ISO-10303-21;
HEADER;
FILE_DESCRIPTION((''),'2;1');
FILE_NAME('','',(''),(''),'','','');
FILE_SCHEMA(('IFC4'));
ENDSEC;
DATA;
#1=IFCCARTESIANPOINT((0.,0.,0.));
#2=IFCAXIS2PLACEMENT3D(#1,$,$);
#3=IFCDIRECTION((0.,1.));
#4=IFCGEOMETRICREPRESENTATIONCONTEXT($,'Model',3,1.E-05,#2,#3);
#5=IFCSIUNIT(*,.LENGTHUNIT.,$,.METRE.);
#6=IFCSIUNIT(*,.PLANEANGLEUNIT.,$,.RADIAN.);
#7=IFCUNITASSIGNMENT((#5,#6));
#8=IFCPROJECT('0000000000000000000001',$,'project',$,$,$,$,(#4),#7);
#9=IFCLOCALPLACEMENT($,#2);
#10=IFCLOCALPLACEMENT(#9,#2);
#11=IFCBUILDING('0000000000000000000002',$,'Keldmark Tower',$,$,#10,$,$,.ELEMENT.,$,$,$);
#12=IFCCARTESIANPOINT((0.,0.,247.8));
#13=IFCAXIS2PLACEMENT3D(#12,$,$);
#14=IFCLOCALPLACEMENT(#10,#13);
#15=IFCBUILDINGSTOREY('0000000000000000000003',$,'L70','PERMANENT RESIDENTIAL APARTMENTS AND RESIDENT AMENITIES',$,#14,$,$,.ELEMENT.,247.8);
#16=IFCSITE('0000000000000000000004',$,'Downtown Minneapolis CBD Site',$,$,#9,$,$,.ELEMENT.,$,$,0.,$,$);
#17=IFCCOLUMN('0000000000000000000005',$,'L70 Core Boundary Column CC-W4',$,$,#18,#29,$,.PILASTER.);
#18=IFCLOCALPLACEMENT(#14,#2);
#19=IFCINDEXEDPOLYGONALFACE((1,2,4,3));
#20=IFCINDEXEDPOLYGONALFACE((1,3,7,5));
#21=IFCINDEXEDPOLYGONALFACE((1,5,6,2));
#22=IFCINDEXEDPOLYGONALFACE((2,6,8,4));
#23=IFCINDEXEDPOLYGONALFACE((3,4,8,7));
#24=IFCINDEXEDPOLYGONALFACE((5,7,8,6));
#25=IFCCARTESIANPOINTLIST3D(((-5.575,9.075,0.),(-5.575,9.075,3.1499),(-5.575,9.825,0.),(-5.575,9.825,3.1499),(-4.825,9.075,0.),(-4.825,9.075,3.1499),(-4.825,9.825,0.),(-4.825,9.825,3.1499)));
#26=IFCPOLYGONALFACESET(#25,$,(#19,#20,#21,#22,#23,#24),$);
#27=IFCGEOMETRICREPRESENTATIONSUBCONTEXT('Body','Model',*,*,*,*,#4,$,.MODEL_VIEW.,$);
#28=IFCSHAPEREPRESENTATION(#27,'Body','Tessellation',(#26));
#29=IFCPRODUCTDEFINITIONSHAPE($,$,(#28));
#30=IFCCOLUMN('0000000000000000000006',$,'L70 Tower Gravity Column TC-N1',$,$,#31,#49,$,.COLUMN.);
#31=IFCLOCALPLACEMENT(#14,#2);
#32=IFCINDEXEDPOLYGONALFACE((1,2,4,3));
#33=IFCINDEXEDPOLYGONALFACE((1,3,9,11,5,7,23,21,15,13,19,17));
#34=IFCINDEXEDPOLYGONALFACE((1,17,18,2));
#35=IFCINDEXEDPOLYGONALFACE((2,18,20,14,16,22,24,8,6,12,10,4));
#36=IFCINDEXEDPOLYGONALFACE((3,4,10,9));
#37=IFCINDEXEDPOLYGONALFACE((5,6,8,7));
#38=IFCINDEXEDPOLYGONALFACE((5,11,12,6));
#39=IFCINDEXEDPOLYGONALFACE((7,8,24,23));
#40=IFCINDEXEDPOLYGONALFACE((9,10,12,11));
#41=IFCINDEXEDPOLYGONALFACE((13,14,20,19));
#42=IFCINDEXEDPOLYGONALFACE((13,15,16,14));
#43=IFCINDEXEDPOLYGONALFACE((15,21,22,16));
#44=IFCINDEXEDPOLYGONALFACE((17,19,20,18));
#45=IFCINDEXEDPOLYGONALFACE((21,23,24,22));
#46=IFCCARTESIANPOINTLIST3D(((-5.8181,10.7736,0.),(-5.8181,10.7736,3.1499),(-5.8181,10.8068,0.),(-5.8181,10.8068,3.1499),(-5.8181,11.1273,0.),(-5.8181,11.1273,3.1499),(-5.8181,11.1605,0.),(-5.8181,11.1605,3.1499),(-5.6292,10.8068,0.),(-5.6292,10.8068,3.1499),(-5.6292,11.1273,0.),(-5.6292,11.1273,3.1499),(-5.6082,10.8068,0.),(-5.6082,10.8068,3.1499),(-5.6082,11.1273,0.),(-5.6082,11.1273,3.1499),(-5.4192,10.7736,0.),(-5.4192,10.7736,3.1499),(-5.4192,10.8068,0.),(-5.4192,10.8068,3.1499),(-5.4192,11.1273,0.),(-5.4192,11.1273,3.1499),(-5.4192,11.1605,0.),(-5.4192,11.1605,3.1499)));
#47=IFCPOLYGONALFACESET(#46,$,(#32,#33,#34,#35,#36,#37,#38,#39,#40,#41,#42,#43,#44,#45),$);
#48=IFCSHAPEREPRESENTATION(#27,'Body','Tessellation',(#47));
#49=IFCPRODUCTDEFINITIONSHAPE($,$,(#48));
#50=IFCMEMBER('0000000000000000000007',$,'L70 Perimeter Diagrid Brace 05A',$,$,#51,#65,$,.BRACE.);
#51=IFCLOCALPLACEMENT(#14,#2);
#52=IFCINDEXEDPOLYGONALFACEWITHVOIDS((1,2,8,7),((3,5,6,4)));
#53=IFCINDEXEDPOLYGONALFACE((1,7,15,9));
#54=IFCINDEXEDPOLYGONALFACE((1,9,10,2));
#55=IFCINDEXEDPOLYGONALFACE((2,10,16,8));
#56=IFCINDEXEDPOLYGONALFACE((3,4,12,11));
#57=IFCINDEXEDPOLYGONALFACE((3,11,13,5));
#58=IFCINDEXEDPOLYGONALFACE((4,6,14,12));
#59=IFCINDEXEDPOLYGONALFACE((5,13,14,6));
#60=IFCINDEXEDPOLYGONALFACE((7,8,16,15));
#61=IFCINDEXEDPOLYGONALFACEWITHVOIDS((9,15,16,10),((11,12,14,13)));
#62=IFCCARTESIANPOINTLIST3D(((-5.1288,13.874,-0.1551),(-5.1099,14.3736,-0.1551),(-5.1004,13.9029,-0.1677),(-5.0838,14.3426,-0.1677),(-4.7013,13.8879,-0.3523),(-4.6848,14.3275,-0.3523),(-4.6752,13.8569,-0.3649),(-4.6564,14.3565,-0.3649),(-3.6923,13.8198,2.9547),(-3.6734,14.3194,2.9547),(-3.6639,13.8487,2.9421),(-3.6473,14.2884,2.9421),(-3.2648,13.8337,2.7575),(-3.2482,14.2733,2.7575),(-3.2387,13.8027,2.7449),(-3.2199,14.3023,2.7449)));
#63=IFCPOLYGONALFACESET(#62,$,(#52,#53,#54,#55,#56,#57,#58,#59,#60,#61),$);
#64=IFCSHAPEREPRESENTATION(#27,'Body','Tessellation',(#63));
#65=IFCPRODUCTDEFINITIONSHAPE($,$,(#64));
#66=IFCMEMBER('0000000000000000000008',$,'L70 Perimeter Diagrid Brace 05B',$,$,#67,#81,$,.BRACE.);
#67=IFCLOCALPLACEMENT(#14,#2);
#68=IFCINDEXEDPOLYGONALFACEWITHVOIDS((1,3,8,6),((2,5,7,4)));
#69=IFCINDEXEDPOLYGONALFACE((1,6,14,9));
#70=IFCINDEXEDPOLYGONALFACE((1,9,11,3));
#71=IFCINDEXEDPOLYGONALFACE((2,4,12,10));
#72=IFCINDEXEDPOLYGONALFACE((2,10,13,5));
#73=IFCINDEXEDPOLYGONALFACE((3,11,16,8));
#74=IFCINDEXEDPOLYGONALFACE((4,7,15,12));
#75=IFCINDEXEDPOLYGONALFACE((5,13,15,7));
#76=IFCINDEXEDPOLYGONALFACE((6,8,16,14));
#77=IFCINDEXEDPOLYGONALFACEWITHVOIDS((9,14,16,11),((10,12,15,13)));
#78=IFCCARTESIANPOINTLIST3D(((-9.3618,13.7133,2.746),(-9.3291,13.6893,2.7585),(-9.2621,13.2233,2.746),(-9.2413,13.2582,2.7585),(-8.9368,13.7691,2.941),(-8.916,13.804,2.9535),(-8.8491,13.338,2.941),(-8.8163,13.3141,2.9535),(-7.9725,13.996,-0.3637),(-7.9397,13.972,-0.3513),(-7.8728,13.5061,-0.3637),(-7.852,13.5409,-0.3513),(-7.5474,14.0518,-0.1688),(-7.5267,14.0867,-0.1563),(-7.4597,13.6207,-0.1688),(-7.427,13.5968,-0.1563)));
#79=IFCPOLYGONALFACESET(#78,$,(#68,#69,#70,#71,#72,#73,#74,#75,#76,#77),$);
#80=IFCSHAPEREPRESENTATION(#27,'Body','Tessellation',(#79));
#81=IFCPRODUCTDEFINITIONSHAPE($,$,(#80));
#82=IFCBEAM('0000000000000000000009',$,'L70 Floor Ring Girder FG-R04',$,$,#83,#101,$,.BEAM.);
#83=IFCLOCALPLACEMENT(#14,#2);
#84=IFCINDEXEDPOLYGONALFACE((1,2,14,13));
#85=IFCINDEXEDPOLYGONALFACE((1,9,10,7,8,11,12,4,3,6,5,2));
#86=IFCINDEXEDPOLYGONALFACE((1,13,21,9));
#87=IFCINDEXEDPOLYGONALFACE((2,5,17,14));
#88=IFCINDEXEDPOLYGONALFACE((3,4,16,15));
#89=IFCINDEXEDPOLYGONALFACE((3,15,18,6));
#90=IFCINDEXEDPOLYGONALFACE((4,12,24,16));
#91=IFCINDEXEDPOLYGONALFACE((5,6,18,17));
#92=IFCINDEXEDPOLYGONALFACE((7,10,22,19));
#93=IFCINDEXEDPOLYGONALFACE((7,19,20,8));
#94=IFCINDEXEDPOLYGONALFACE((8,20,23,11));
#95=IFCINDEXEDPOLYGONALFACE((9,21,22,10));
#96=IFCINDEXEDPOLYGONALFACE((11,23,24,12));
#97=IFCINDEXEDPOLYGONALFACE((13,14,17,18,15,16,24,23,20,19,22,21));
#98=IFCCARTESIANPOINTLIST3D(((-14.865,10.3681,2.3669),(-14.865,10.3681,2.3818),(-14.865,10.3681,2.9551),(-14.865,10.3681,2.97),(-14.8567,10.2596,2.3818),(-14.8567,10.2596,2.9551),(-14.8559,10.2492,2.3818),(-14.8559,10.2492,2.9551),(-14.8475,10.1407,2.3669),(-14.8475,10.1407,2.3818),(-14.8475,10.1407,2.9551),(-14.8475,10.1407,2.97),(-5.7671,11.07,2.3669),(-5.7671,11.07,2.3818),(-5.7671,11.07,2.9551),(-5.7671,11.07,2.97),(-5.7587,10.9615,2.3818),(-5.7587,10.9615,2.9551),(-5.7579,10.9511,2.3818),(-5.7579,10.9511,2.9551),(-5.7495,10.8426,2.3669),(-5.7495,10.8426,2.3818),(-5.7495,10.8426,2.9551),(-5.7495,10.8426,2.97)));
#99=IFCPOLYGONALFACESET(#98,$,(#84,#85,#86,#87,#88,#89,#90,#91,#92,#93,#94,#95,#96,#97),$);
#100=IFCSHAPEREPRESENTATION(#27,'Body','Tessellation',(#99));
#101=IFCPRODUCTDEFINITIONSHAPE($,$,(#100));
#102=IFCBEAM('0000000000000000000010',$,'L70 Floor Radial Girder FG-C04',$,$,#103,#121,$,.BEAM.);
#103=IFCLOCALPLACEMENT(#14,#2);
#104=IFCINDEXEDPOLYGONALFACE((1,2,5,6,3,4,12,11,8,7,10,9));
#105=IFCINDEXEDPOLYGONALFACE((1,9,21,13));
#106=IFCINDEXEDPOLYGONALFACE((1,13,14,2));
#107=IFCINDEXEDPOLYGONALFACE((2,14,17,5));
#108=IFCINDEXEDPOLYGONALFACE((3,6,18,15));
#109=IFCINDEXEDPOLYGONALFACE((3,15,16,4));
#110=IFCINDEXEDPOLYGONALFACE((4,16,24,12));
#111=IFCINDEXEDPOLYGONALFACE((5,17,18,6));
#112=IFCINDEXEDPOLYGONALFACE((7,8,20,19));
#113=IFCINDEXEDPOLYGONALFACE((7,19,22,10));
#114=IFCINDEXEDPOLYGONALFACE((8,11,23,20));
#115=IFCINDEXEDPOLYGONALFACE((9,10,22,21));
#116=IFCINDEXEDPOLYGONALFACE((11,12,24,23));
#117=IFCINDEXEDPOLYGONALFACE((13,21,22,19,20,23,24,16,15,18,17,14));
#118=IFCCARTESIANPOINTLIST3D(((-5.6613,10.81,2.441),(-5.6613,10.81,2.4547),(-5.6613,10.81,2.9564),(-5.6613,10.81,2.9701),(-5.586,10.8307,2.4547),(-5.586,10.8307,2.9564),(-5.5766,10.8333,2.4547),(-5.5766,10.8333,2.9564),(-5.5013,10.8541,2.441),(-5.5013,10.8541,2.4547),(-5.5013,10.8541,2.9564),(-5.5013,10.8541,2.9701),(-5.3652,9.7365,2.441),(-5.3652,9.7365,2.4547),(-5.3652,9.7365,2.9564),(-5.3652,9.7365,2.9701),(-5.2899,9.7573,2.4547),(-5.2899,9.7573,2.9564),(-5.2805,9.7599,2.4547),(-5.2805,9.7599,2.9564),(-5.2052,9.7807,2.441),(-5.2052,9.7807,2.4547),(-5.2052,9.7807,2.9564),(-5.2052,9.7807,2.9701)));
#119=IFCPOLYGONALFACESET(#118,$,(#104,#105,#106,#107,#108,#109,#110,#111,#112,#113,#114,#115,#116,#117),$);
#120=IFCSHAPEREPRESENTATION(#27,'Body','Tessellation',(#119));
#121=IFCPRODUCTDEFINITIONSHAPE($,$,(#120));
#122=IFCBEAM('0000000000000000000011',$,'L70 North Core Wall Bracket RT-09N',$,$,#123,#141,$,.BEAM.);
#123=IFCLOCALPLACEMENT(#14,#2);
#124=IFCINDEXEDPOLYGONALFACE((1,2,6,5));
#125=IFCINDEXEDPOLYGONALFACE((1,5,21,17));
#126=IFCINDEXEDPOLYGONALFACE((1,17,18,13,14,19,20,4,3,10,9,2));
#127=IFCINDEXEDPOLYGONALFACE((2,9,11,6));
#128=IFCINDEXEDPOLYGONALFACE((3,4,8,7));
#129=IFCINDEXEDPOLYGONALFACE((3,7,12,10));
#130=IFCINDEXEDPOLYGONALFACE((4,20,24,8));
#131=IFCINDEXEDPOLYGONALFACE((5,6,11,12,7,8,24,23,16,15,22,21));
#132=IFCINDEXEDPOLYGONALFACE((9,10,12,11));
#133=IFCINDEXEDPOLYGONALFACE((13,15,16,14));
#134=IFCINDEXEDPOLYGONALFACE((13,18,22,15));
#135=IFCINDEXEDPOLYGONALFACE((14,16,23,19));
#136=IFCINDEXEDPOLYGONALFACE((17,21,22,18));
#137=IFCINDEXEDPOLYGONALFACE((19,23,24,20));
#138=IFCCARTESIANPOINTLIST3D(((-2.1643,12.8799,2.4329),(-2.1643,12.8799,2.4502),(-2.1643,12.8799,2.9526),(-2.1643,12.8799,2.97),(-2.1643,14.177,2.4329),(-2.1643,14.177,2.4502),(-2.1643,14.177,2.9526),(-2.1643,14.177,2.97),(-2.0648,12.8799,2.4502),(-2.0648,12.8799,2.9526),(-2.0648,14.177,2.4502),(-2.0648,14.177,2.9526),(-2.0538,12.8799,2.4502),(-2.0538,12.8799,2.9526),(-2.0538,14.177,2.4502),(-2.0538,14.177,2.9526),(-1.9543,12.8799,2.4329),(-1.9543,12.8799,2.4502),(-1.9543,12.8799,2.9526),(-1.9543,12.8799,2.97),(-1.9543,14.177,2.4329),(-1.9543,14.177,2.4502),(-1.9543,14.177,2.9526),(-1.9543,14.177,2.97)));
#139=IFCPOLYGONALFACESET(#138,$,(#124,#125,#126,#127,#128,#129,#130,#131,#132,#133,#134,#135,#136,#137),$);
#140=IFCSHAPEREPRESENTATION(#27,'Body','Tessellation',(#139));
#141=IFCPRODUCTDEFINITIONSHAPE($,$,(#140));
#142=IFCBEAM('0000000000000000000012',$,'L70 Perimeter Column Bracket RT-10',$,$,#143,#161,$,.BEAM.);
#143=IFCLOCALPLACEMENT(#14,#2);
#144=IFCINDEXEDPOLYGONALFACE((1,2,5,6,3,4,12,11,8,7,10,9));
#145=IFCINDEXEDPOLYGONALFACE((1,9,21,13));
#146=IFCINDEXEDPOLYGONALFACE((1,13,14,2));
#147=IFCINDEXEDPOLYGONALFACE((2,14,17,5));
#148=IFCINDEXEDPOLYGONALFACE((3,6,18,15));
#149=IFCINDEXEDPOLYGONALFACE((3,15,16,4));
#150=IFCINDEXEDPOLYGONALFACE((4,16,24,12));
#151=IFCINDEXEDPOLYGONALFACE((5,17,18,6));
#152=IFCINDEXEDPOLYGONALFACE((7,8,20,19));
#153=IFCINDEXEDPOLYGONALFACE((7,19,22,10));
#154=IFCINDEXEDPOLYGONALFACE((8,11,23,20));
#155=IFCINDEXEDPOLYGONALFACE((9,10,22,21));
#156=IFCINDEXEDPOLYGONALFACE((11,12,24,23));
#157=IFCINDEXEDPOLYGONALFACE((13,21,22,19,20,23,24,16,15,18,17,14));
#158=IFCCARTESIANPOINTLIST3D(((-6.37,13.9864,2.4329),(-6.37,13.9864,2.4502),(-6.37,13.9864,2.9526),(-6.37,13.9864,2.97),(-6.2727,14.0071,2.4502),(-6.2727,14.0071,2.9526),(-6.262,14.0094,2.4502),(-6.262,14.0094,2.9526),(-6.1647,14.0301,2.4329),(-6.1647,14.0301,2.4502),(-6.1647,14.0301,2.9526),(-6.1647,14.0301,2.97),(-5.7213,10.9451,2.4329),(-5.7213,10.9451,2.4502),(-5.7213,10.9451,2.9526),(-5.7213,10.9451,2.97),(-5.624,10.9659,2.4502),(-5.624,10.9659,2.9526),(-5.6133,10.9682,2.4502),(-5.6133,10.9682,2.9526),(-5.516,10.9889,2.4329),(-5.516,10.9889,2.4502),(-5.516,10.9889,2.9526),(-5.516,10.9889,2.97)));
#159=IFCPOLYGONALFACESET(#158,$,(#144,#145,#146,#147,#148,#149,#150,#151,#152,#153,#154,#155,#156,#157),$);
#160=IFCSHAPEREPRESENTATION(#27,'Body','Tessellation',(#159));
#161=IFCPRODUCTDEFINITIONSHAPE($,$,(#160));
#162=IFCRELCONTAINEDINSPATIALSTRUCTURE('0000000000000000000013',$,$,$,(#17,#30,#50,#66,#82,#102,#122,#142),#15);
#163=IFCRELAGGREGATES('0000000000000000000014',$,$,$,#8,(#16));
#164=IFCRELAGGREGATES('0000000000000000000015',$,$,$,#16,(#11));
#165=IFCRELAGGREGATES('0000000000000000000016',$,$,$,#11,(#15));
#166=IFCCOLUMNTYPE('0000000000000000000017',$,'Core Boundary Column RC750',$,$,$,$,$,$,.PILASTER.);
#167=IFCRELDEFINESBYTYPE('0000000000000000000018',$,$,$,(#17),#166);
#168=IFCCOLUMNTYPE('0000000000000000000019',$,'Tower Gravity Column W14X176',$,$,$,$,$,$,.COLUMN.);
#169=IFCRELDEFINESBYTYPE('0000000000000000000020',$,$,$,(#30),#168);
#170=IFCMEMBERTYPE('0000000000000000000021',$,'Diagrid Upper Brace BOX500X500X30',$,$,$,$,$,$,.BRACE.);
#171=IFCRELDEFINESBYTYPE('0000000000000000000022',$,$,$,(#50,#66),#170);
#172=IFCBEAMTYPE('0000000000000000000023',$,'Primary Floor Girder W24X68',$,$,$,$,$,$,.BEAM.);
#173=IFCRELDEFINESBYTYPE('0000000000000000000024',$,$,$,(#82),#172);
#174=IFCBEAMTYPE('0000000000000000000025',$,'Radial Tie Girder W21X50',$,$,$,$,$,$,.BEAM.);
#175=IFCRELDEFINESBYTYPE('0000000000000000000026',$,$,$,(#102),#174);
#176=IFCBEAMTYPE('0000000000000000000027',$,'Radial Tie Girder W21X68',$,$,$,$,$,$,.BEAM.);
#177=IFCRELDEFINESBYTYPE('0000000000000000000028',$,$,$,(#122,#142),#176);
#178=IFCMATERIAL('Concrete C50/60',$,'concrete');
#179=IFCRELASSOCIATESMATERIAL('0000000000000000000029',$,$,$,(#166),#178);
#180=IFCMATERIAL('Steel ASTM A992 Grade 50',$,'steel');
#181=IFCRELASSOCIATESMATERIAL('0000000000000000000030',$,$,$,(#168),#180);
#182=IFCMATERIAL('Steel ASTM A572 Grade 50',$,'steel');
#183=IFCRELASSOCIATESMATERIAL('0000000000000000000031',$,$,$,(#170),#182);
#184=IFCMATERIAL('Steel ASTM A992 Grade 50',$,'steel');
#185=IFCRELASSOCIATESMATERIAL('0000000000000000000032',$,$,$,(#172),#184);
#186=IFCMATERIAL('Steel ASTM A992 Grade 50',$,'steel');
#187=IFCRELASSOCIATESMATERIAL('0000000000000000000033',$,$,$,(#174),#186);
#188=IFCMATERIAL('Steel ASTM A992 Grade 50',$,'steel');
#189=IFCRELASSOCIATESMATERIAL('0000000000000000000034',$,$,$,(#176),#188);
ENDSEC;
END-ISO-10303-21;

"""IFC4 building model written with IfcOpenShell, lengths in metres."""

from ifc_helpers import new_model, si_unit, direction, frame, origin, origin_2d, place, context, subcontext, project, spatial, rectangle, hollow_rectangle, i_section, extrude, material, material_profile, profile_set, type_object, element, save


model = new_model("IFC4")

# Units and contexts
model_context = context("Model", 3, precision=1e-05, world=origin(), true_north=direction((0.0, 1.0)))
body_context = subcontext(model_context, "Body", "Model", "MODEL_VIEW")
ifc_project = project(units=[si_unit("LENGTHUNIT", "METRE"), si_unit("PLANEANGLEUNIT", "RADIAN")], contexts=[model_context])

# Site, building, storey
site_placement = place(None, origin())
site = spatial("IfcSite", under=ifc_project, at=site_placement, Name="Downtown Minneapolis CBD Site", CompositionType="ELEMENT", RefElevation=0.0)
building_placement = place(site_placement, origin())
building = spatial("IfcBuilding", under=site, at=building_placement, Name="Keldmark Tower", CompositionType="ELEMENT")
storey_placement = place(building_placement, frame((0.0, 0.0, 247.8)))
storey = spatial("IfcBuildingStorey", under=building, at=storey_placement, Name="L70", Description="PERMANENT RESIDENTIAL APARTMENTS AND RESIDENT AMENITIES", CompositionType="ELEMENT", Elevation=247.8)

# Columns
ifc_material_1 = material(Name="Concrete C50/60", Category="concrete")
ifc_material_profile_1 = material_profile(ifc_material_1, rectangle(XDim=0.75, YDim=0.75, at=origin_2d()), Name="RC750X750")
ifc_profile_set_1 = profile_set([ifc_material_profile_1], Name="Concrete C50/60")
column_type_1 = type_object("IfcColumnType", Name="Core Boundary Column RC750", PredefinedType="PILASTER", material=ifc_profile_set_1)
column_1_placement = place(storey_placement, frame((-5.2, 9.45, 0.0), z_axis=(0.0, 0.0, 1.0), x_axis=(1.0, 0.0, 0.0)))
element("IfcColumn", 1, at=column_1_placement, inside=storey, type_object=column_type_1, Name="L70 Core Boundary Column CC-W4", PredefinedType="PILASTER", context=body_context, shape_type="SweptSolid", body=[
    extrude(rectangle(XDim=0.75, YDim=0.75, at=origin_2d()), origin(), (0.0, 0.0, 1.0), 3.1499),
])
ifc_material_2 = material(Name="Steel ASTM A992 Grade 50", Category="steel")
ifc_material_profile_2 = material_profile(ifc_material_2, i_section(OverallWidth=0.3989, OverallDepth=0.387, WebThickness=0.021, FlangeThickness=0.0332, at=origin_2d()), Name="W14X176")
ifc_profile_set_2 = profile_set([ifc_material_profile_2], Name="Steel ASTM A992 Grade 50")
column_type_2 = type_object("IfcColumnType", Name="Tower Gravity Column W14X176", PredefinedType="COLUMN", material=ifc_profile_set_2)
column_2_placement = place(storey_placement, frame((-5.6187, 10.967, 0.0), z_axis=(0.0, 0.0, 1.0), x_axis=(1.0, 0.0, 0.0)))
element("IfcColumn", 2, at=column_2_placement, inside=storey, type_object=column_type_2, Name="L70 Tower Gravity Column TC-N1", PredefinedType="COLUMN", context=body_context, shape_type="SweptSolid", body=[
    extrude(i_section(OverallWidth=0.3989, OverallDepth=0.387, WebThickness=0.021, FlangeThickness=0.0332, at=origin_2d()), origin(), (0.0, 0.0, 1.0), 3.1499),
])

# Members
ifc_material_3 = material(Name="Steel ASTM A572 Grade 50", Category="steel")
ifc_material_profile_3 = material_profile(ifc_material_3, hollow_rectangle(XDim=0.5, YDim=0.5, WallThickness=0.03, at=origin_2d()), Name="BOX500X500X30")
ifc_profile_set_3 = profile_set([ifc_material_profile_3], Name="Steel ASTM A572 Grade 50")
member_type = type_object("IfcMemberType", Name="Diagrid Upper Brace BOX500X500X30", PredefinedType="BRACE", material=ifc_profile_set_3)
member_1_placement = place(storey_placement, frame((-4.8926, 14.1152, -0.26), z_axis=(0.419295, -0.01582, 0.907712), x_axis=(0.037703, 0.999289, 0.0)))
element("IfcMember", 3, at=member_1_placement, inside=storey, type_object=member_type, Name="L70 Perimeter Diagrid Brace 05A", PredefinedType="BRACE", context=body_context, shape_type="SweptSolid", body=[
    extrude(hollow_rectangle(XDim=0.5, YDim=0.5, WallThickness=0.03, at=origin_2d()), origin(), (0.0, 0.0, 1.0), 3.426),
])
member_2_placement = place(storey_placement, frame((-7.6997, 13.7964, -0.26), z_axis=(-0.406515, -0.082717, 0.909892), x_axis=(0.199393, -0.97992, 0.0)))
element("IfcMember", 4, at=member_2_placement, inside=storey, type_object=member_type, Name="L70 Perimeter Diagrid Brace 05B", PredefinedType="BRACE", context=body_context, shape_type="SweptSolid", body=[
    extrude(hollow_rectangle(XDim=0.5, YDim=0.5, WallThickness=0.03, at=origin_2d()), origin(), (0.0, 0.0, 1.0), 3.4177),
])

# Beams
ifc_material_4 = material(Name="Steel ASTM A992 Grade 50", Category="steel")
ifc_material_profile_4 = material_profile(ifc_material_4, i_section(OverallWidth=0.228, OverallDepth=0.603, WebThickness=0.0105, FlangeThickness=0.0149, at=origin_2d()), Name="W24X68")
ifc_profile_set_4 = profile_set([ifc_material_profile_4], Name="Steel ASTM A992 Grade 50")
beam_type_1 = type_object("IfcBeamType", Name="Primary Floor Girder W24X68", PredefinedType="BEAM", material=ifc_profile_set_4)
beam_1_placement = place(storey_placement, frame((-5.7583, 10.9563, 2.6685), z_axis=(-0.997037, -0.076922, 0.0), x_axis=(0.076922, -0.997037, 0.0)))
element("IfcBeam", 5, at=beam_1_placement, inside=storey, type_object=beam_type_1, Name="L70 Floor Ring Girder FG-R04", PredefinedType="BEAM", context=body_context, shape_type="SweptSolid", body=[
    extrude(i_section(OverallWidth=0.228, OverallDepth=0.603, WebThickness=0.0105, FlangeThickness=0.0149, at=origin_2d()), origin(), (0.0, 0.0, 1.0), 9.125),
])
ifc_material_5 = material(Name="Steel ASTM A992 Grade 50", Category="steel")
ifc_material_profile_5 = material_profile(ifc_material_5, i_section(OverallWidth=0.166, OverallDepth=0.5291, WebThickness=0.0098, FlangeThickness=0.0137, at=origin_2d()), Name="W21X50")
ifc_profile_set_5 = profile_set([ifc_material_profile_5], Name="Steel ASTM A992 Grade 50")
beam_type_2 = type_object("IfcBeamType", Name="Radial Tie Girder W21X50", PredefinedType="BEAM", material=ifc_profile_set_5)
beam_2_placement = place(storey_placement, frame((-5.5813, 10.832, 2.7056), z_axis=(0.265936, -0.963991, 0.0), x_axis=(0.963991, 0.265936, 0.0)))
element("IfcBeam", 6, at=beam_2_placement, inside=storey, type_object=beam_type_2, Name="L70 Floor Radial Girder FG-C04", PredefinedType="BEAM", context=body_context, shape_type="SweptSolid", body=[
    extrude(i_section(OverallWidth=0.166, OverallDepth=0.5291, WebThickness=0.0098, FlangeThickness=0.0137, at=origin_2d()), origin(), (0.0, 0.0, 1.0), 1.1135),
])
ifc_material_6 = material(Name="Steel ASTM A992 Grade 50", Category="steel")
ifc_material_profile_6 = material_profile(ifc_material_6, i_section(OverallWidth=0.21, OverallDepth=0.5371, WebThickness=0.011, FlangeThickness=0.0173, at=origin_2d()), Name="W21X68")
ifc_profile_set_6 = profile_set([ifc_material_profile_6], Name="Steel ASTM A992 Grade 50")
beam_type_3 = type_object("IfcBeamType", Name="Radial Tie Girder W21X68", PredefinedType="BEAM", material=ifc_profile_set_6)
beam_3_placement = place(storey_placement, frame((-2.0593, 12.8799, 2.7014), z_axis=(0.0, 1.0, 0.0), x_axis=(-1.0, 0.0, 0.0)))
element("IfcBeam", 7, at=beam_3_placement, inside=storey, type_object=beam_type_3, Name="L70 North Core Wall Bracket RT-09N", PredefinedType="BEAM", context=body_context, shape_type="SweptSolid", body=[
    extrude(i_section(OverallWidth=0.21, OverallDepth=0.5371, WebThickness=0.011, FlangeThickness=0.0173, at=origin_2d()), origin(), (0.0, 0.0, 1.0), 1.2971),
])
beam_4_placement = place(storey_placement, frame((-5.6187, 10.967, 2.7014), z_axis=(-0.208601, 0.978001, 0.0), x_axis=(-0.978001, -0.208601, 0.0)))
element("IfcBeam", 8, at=beam_4_placement, inside=storey, type_object=beam_type_3, Name="L70 Perimeter Column Bracket RT-10", PredefinedType="BEAM", context=body_context, shape_type="SweptSolid", body=[
    extrude(i_section(OverallWidth=0.21, OverallDepth=0.5371, WebThickness=0.011, FlangeThickness=0.0173, at=origin_2d()), origin(), (0.0, 0.0, 1.0), 3.1096),
])

save(model, "model.ifc")
